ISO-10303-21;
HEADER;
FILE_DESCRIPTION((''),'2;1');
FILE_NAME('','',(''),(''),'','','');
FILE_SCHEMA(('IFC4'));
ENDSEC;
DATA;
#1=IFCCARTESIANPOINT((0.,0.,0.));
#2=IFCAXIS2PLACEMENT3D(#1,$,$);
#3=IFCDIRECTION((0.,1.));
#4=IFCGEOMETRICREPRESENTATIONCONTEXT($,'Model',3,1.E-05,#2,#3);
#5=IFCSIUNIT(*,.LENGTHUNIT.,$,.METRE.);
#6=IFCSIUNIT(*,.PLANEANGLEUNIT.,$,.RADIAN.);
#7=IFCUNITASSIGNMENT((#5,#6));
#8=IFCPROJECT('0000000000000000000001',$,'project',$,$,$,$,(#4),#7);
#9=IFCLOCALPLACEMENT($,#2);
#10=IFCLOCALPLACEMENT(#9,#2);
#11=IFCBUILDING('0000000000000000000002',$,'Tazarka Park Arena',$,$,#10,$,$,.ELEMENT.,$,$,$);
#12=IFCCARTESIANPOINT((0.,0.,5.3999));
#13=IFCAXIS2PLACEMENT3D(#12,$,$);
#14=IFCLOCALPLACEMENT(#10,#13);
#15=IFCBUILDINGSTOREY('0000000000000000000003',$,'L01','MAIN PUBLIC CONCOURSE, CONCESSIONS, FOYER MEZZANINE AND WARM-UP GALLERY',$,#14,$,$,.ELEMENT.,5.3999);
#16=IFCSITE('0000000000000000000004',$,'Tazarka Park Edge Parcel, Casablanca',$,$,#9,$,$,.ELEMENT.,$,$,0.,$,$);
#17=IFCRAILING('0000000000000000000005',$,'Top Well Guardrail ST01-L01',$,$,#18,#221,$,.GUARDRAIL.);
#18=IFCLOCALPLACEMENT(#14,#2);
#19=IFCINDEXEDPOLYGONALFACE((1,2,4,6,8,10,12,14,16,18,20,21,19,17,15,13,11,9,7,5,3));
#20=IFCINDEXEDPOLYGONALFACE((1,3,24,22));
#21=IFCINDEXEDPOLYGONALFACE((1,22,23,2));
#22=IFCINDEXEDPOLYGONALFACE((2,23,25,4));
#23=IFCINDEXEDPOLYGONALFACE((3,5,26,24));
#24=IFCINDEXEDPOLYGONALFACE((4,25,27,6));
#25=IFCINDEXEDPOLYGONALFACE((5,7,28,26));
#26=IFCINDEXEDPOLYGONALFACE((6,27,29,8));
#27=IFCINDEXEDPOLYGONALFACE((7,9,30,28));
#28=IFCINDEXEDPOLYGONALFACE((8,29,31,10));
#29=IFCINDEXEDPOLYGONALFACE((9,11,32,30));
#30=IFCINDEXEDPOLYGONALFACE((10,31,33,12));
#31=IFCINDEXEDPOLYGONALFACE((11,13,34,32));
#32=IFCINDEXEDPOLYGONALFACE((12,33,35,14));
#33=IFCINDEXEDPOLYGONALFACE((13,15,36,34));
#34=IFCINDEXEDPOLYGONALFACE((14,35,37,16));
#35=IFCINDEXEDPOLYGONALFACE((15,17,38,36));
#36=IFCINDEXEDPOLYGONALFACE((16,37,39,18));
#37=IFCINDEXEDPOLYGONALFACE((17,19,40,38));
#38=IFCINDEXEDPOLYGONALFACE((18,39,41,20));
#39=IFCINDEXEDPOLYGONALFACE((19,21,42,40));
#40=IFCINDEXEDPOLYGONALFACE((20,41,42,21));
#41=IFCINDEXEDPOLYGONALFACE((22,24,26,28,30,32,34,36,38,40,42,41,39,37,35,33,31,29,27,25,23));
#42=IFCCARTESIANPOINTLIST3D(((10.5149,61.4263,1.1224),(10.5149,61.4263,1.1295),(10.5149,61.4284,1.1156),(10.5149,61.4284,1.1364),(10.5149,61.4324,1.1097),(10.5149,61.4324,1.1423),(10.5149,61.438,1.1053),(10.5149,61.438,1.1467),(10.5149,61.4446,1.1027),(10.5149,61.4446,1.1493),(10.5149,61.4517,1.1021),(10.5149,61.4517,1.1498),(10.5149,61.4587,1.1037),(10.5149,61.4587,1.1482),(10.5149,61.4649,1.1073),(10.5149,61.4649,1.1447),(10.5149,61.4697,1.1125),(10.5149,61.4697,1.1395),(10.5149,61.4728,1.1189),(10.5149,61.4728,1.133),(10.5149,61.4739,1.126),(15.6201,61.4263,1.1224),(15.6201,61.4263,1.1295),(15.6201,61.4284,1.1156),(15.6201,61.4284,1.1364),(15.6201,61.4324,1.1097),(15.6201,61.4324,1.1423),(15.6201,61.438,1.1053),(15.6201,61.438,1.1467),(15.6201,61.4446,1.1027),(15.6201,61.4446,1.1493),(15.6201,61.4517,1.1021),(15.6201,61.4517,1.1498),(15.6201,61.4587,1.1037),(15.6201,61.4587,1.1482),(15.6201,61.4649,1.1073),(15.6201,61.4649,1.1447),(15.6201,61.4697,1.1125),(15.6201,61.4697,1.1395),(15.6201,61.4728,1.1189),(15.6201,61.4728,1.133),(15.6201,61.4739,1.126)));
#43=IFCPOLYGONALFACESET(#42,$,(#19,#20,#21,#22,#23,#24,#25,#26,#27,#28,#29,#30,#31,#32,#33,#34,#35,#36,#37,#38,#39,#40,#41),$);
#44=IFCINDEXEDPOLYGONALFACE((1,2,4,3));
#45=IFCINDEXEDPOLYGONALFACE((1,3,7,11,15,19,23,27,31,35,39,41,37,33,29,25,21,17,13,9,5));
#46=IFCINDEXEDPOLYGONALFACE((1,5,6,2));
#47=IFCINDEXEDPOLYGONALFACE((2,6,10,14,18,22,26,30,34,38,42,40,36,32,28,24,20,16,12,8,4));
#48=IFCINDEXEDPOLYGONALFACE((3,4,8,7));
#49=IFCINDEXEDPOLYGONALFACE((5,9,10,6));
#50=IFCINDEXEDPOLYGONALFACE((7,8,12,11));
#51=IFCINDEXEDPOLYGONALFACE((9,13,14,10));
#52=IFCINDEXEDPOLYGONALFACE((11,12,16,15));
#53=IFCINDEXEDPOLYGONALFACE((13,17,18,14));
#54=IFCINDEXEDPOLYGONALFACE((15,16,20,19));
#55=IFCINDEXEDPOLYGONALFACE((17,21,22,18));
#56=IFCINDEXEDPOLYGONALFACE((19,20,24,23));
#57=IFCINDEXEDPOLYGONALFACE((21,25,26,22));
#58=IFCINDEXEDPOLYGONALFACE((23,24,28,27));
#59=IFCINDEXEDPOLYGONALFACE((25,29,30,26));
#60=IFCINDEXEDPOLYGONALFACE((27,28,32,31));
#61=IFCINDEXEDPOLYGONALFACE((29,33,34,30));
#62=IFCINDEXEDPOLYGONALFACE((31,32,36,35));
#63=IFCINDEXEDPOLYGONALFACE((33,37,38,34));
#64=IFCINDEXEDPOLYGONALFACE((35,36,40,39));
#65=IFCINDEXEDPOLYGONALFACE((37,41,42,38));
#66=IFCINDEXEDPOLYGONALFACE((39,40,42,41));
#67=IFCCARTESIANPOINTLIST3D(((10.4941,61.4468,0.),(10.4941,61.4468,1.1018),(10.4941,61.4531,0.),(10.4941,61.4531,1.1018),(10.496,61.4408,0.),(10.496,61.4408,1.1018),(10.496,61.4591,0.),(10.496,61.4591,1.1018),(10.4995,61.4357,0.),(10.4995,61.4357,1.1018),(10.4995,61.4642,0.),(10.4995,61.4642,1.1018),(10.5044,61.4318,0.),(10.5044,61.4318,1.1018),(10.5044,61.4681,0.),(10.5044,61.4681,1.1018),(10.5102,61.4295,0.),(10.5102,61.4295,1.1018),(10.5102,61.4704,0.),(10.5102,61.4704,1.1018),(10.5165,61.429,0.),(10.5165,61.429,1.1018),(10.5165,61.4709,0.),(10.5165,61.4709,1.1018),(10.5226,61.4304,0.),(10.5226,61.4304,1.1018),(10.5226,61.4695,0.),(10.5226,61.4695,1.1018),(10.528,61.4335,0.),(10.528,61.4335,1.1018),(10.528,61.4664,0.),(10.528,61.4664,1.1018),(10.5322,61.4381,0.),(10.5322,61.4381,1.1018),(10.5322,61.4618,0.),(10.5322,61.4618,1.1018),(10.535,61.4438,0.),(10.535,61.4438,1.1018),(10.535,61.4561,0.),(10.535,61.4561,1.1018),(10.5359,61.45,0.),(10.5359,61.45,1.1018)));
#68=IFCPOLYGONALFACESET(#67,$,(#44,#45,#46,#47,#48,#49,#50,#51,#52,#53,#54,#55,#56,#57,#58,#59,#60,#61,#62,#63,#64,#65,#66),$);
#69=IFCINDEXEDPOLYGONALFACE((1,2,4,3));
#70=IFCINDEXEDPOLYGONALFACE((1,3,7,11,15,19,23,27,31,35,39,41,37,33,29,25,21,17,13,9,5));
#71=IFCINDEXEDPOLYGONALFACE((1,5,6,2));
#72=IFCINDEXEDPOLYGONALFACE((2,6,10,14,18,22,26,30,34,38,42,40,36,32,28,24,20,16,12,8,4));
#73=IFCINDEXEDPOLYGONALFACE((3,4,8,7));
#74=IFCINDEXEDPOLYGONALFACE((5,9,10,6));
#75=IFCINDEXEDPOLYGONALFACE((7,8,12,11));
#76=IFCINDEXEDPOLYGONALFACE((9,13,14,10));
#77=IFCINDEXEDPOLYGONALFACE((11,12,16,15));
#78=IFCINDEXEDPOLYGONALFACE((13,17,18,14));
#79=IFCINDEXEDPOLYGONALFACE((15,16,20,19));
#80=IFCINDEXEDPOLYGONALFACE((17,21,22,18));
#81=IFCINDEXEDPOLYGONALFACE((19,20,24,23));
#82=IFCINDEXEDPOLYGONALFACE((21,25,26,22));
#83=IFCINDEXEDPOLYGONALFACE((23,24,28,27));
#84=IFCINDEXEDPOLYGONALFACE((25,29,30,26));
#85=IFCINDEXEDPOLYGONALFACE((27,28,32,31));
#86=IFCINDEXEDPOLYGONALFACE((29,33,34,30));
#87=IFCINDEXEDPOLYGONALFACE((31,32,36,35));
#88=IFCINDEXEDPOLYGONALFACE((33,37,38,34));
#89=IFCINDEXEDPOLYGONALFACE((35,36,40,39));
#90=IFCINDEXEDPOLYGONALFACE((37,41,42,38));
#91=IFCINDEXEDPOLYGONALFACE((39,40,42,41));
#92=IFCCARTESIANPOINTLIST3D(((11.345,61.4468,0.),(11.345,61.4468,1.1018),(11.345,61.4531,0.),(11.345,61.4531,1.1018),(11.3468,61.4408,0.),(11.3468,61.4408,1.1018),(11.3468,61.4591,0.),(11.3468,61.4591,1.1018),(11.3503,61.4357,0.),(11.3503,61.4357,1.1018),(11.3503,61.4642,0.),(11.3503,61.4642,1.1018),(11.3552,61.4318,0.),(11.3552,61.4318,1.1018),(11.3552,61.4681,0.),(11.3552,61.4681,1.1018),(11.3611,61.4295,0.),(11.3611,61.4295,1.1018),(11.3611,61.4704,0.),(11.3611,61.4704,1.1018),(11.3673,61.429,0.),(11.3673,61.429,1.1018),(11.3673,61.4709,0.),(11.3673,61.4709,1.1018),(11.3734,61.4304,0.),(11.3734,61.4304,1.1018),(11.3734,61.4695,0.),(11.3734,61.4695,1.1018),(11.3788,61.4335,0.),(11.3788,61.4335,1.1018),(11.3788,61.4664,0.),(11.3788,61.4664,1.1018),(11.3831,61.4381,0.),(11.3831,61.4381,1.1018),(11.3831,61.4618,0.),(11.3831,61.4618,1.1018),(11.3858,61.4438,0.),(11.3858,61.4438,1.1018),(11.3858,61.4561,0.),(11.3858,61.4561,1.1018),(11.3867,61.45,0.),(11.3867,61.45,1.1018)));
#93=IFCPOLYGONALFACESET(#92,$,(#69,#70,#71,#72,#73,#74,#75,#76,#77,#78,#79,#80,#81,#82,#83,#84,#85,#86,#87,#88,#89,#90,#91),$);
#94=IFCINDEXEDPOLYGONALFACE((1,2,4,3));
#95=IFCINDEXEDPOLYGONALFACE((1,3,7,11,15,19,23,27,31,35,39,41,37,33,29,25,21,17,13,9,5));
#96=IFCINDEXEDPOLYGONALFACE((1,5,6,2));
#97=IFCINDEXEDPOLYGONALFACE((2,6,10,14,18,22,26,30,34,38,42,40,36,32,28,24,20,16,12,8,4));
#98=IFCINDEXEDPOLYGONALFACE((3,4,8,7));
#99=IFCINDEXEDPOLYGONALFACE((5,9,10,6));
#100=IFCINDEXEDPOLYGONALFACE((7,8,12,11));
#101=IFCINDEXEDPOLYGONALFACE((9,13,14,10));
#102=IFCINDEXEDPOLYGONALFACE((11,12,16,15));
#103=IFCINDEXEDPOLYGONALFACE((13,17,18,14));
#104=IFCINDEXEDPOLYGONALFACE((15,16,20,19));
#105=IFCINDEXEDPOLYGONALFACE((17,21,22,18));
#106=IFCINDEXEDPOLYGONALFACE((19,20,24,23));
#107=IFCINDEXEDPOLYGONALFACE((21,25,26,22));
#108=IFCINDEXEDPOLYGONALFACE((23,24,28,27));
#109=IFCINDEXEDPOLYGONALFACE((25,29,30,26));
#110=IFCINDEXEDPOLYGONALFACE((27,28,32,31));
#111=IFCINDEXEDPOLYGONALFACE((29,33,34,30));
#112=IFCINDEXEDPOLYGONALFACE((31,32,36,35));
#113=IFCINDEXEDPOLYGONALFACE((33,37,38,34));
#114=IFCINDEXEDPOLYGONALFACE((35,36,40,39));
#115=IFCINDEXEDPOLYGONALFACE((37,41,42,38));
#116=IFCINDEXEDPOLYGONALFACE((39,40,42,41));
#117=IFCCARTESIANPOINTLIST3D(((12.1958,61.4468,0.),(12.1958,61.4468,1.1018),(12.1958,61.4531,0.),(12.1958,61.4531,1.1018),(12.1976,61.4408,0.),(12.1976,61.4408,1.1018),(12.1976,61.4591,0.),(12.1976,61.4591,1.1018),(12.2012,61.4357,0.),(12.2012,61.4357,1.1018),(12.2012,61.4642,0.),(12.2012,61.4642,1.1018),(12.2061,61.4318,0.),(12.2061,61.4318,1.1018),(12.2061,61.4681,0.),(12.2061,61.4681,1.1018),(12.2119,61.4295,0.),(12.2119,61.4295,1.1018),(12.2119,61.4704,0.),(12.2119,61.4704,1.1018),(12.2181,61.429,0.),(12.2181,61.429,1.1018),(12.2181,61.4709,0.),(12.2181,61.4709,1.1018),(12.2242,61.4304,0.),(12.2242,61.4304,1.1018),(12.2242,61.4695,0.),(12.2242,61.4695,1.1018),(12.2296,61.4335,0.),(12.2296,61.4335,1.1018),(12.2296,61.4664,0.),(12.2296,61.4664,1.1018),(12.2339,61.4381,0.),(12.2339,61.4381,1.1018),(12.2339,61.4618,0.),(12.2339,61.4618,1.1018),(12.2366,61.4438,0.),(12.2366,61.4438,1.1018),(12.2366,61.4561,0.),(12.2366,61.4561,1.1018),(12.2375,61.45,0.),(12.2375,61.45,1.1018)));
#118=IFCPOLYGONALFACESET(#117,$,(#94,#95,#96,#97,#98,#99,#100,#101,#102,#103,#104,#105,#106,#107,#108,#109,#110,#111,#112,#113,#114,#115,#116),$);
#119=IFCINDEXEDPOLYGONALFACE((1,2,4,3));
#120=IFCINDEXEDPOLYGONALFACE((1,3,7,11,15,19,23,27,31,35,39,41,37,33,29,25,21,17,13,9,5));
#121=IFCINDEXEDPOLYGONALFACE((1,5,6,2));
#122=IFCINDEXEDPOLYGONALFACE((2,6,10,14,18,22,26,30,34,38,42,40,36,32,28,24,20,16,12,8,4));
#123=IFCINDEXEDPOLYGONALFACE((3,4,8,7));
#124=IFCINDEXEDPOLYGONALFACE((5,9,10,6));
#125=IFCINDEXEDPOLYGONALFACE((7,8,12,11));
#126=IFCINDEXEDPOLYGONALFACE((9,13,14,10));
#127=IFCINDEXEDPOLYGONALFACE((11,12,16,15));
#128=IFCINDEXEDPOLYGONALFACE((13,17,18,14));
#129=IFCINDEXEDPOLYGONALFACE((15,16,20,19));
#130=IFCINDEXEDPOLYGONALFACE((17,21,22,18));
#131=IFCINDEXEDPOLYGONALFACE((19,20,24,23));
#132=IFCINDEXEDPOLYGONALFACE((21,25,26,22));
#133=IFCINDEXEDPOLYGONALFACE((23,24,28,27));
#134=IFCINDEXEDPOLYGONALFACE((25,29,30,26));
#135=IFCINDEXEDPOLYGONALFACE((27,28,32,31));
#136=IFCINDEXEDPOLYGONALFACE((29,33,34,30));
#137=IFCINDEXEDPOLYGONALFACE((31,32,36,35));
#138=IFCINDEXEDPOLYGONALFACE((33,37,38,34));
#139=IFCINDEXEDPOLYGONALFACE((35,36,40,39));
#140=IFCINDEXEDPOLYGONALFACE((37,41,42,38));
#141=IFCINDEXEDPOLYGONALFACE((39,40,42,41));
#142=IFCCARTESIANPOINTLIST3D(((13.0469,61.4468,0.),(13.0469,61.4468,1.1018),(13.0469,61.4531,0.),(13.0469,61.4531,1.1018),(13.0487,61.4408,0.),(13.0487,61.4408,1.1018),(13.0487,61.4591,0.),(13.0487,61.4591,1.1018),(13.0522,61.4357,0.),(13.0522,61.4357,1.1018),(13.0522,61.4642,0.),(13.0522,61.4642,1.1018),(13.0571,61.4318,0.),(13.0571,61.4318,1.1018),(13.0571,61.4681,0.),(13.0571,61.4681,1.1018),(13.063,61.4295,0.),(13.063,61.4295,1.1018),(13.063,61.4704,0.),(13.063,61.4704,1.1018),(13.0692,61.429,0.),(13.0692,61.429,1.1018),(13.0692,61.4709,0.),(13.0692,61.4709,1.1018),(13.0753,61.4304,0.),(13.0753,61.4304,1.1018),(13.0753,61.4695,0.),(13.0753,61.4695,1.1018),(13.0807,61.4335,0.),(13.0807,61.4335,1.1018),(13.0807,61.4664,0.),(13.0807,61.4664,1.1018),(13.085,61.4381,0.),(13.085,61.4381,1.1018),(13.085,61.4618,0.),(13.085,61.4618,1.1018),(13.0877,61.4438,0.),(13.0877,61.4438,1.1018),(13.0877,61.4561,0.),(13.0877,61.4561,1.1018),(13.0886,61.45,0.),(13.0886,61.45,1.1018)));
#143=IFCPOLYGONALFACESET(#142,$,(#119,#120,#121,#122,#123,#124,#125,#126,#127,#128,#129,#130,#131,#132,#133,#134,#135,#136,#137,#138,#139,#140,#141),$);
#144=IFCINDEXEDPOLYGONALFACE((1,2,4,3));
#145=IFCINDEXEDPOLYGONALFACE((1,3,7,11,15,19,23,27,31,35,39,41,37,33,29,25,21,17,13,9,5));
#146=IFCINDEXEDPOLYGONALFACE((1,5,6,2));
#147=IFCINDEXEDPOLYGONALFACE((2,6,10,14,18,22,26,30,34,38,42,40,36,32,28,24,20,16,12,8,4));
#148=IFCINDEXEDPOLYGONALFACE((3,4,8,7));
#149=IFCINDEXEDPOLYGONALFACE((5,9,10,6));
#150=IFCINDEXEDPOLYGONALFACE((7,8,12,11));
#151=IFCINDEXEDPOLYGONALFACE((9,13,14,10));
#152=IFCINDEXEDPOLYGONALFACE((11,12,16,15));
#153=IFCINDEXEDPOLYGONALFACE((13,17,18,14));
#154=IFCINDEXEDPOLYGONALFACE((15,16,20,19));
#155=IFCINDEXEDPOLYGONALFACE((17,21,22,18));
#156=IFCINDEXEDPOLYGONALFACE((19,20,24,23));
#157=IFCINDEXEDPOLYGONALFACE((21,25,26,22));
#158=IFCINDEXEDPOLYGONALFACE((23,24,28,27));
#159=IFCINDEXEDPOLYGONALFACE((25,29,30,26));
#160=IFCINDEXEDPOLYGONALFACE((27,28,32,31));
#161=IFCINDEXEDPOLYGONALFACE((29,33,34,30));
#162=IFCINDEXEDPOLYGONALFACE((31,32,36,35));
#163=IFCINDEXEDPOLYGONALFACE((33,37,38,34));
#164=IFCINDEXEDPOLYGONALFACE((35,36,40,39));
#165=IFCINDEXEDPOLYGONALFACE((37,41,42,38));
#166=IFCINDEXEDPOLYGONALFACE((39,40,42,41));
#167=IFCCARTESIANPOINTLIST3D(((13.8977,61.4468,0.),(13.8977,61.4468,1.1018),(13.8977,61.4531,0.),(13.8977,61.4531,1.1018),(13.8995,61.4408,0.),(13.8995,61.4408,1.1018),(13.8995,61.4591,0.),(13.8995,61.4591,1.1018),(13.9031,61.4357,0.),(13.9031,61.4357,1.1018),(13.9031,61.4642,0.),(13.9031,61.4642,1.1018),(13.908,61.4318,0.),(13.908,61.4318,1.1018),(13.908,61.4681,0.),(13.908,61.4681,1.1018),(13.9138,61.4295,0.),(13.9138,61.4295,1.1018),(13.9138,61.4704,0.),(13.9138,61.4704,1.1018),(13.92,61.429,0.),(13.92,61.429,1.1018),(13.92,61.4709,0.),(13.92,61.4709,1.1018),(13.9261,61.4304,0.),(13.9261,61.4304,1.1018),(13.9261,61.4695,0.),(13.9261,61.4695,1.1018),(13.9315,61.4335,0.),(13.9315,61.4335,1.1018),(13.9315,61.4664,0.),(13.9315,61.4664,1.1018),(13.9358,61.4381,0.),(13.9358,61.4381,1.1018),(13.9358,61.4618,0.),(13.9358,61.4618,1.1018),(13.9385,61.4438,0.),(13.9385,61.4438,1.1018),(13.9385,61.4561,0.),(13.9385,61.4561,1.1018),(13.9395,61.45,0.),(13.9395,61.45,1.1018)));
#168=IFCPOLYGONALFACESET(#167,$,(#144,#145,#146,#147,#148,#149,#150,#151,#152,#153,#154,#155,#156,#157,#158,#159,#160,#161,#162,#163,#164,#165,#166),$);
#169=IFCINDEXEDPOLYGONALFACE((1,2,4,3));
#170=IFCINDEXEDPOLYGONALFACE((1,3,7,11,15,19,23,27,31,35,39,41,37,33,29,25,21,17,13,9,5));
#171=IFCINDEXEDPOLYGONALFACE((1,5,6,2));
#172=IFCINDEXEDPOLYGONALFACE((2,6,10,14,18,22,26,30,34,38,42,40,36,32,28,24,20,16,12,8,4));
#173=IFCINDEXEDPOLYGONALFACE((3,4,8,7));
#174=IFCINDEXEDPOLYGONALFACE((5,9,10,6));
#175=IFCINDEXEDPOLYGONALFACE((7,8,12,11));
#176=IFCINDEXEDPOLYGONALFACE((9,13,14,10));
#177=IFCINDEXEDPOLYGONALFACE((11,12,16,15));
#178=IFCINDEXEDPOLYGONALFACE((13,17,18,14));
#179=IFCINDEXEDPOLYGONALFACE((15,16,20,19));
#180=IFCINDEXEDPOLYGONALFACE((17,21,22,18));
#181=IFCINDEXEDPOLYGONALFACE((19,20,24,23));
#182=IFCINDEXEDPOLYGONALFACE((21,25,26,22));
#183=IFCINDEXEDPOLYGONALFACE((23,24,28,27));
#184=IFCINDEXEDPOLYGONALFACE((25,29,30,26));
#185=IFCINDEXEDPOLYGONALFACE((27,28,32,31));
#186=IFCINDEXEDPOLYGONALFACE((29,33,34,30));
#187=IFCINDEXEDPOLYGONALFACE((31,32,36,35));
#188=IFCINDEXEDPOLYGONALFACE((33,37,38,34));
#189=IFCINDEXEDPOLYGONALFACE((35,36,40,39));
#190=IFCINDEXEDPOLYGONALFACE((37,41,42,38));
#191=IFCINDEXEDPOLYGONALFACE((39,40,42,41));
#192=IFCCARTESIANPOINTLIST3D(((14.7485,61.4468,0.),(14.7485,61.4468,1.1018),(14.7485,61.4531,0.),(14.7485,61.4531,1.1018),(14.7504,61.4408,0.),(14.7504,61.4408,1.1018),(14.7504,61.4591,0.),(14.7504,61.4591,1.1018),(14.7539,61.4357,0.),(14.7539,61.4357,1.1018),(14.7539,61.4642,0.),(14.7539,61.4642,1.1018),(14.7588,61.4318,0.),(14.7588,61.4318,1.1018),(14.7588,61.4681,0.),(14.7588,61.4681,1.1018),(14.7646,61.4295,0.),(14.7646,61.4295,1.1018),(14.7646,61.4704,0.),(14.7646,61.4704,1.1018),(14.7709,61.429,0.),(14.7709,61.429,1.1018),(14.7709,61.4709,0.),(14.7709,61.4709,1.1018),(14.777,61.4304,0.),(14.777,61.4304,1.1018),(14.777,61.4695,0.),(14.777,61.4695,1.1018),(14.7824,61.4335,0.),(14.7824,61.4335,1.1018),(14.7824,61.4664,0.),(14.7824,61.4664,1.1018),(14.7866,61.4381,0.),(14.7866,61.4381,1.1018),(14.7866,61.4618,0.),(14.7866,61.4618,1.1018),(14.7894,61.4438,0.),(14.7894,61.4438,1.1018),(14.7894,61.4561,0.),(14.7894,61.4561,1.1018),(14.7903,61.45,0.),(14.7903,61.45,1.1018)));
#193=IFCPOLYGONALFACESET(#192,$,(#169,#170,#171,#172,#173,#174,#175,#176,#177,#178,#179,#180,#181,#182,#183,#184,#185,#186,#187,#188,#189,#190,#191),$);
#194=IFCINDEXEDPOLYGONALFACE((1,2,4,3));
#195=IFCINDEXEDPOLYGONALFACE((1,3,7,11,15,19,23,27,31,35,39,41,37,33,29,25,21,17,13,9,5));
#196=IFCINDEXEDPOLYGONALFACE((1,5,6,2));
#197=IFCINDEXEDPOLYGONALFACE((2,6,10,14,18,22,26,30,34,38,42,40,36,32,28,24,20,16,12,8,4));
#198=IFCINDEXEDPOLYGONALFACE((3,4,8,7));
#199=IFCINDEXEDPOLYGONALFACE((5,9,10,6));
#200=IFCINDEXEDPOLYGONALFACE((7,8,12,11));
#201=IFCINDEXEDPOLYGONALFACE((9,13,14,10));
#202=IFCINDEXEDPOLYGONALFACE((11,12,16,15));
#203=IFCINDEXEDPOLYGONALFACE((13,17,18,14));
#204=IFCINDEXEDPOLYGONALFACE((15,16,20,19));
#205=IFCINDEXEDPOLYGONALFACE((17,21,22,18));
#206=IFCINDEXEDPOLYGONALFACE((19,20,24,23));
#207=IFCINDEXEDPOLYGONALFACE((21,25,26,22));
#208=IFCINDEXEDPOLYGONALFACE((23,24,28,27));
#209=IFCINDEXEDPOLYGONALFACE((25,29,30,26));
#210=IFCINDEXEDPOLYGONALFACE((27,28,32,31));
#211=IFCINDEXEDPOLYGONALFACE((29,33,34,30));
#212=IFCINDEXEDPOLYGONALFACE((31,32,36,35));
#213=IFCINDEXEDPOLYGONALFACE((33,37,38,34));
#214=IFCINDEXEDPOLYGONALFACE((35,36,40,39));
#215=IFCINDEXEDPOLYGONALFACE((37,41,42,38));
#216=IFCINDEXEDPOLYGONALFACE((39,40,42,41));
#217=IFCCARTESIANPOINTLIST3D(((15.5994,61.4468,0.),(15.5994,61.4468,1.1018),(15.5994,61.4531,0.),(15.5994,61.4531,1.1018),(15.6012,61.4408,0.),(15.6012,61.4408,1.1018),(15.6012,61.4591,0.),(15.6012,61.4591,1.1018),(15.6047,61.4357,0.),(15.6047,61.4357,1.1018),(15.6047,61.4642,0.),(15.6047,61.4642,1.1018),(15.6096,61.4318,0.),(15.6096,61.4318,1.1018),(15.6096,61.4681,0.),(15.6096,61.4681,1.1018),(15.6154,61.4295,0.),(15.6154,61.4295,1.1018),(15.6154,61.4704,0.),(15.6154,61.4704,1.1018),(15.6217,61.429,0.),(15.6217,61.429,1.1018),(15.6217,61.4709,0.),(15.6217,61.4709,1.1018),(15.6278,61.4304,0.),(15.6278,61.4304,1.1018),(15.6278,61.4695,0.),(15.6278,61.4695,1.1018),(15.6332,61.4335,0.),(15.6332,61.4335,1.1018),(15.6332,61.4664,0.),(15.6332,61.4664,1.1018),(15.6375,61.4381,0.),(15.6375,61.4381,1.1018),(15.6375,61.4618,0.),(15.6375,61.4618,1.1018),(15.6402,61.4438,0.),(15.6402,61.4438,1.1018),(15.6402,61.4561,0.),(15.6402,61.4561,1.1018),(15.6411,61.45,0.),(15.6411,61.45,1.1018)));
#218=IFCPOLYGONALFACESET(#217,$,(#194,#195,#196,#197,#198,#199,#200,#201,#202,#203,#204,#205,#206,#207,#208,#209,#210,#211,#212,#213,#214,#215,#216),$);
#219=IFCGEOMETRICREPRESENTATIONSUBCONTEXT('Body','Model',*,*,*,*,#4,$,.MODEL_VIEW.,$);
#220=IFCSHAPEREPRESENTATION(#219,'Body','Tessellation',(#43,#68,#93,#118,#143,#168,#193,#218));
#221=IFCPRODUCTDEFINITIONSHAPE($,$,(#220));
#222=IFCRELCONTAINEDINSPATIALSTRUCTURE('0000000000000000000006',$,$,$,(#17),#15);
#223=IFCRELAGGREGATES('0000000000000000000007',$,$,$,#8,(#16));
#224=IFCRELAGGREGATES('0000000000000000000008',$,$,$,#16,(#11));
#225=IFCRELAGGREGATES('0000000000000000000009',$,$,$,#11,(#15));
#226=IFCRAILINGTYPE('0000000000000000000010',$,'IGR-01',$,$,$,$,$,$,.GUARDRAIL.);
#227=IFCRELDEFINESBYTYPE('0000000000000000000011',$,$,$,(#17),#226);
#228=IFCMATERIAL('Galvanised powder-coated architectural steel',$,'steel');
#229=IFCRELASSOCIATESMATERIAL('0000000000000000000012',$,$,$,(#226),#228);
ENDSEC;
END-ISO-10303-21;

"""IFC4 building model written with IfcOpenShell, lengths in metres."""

from ifc_helpers import new_model, si_unit, direction, frame, origin, origin_2d, place, context, subcontext, project, spatial, circle, extrude, material, type_object, element, save


model = new_model("IFC4")

# Units and contexts
model_context = context("Model", 3, precision=1e-05, world=origin(), true_north=direction((0.0, 1.0)))
body_context = subcontext(model_context, "Body", "Model", "MODEL_VIEW")
ifc_project = project(units=[si_unit("LENGTHUNIT", "METRE"), si_unit("PLANEANGLEUNIT", "RADIAN")], contexts=[model_context])

# Site, building, storey
site_placement = place(None, origin())
site = spatial("IfcSite", under=ifc_project, at=site_placement, Name="Tazarka Park Edge Parcel, Casablanca", CompositionType="ELEMENT", RefElevation=0.0)
building_placement = place(site_placement, origin())
building = spatial("IfcBuilding", under=site, at=building_placement, Name="Tazarka Park Arena", CompositionType="ELEMENT")
storey_placement = place(building_placement, frame((0.0, 0.0, 5.3999)))
storey = spatial("IfcBuildingStorey", under=building, at=storey_placement, Name="L01", Description="MAIN PUBLIC CONCOURSE, CONCESSIONS, FOYER MEZZANINE AND WARM-UP GALLERY", CompositionType="ELEMENT", Elevation=5.3999)

# Railing
ifc_material_1 = material(Name="Galvanised powder-coated architectural steel", Category="steel")
railing_type = type_object("IfcRailingType", Name="IGR-01", PredefinedType="GUARDRAIL", material=ifc_material_1)
railing_1_placement = place(storey_placement, frame((10.5149, 61.45, 0.0)))
element("IfcRailing", 1, at=railing_1_placement, inside=storey, type_object=railing_type, Name="Top Well Guardrail ST01-L01", PredefinedType="GUARDRAIL", context=body_context, shape_type="SweptSolid", body=[
    extrude(circle(Radius=0.0239, at=origin_2d()), frame((0.0, 0.0, 1.126), z_axis=(1.0, 0.0, 0.0), x_axis=(0.0, 1.0, 0.0)), (0.0, 0.0, 1.0), 5.1052),
    extrude(circle(Radius=0.021, at=origin_2d()), origin(), (0.0, 0.0, 1.0), 1.1018),
    extrude(circle(Radius=0.021, at=origin_2d()), frame((0.8508, 0.0, 0.0)), (0.0, 0.0, 1.0), 1.1018),
    extrude(circle(Radius=0.021, at=origin_2d()), frame((1.7017, 0.0, 0.0)), (0.0, 0.0, 1.0), 1.1018),
    extrude(circle(Radius=0.021, at=origin_2d()), frame((2.5527, 0.0, 0.0)), (0.0, 0.0, 1.0), 1.1018),
    extrude(circle(Radius=0.021, at=origin_2d()), frame((3.4036, 0.0, 0.0)), (0.0, 0.0, 1.0), 1.1018),
    extrude(circle(Radius=0.021, at=origin_2d()), frame((4.2544, 0.0, 0.0)), (0.0, 0.0, 1.0), 1.1018),
    extrude(circle(Radius=0.021, at=origin_2d()), frame((5.1052, 0.0, 0.0)), (0.0, 0.0, 1.0), 1.1018),
])

save(model, "model.ifc")
